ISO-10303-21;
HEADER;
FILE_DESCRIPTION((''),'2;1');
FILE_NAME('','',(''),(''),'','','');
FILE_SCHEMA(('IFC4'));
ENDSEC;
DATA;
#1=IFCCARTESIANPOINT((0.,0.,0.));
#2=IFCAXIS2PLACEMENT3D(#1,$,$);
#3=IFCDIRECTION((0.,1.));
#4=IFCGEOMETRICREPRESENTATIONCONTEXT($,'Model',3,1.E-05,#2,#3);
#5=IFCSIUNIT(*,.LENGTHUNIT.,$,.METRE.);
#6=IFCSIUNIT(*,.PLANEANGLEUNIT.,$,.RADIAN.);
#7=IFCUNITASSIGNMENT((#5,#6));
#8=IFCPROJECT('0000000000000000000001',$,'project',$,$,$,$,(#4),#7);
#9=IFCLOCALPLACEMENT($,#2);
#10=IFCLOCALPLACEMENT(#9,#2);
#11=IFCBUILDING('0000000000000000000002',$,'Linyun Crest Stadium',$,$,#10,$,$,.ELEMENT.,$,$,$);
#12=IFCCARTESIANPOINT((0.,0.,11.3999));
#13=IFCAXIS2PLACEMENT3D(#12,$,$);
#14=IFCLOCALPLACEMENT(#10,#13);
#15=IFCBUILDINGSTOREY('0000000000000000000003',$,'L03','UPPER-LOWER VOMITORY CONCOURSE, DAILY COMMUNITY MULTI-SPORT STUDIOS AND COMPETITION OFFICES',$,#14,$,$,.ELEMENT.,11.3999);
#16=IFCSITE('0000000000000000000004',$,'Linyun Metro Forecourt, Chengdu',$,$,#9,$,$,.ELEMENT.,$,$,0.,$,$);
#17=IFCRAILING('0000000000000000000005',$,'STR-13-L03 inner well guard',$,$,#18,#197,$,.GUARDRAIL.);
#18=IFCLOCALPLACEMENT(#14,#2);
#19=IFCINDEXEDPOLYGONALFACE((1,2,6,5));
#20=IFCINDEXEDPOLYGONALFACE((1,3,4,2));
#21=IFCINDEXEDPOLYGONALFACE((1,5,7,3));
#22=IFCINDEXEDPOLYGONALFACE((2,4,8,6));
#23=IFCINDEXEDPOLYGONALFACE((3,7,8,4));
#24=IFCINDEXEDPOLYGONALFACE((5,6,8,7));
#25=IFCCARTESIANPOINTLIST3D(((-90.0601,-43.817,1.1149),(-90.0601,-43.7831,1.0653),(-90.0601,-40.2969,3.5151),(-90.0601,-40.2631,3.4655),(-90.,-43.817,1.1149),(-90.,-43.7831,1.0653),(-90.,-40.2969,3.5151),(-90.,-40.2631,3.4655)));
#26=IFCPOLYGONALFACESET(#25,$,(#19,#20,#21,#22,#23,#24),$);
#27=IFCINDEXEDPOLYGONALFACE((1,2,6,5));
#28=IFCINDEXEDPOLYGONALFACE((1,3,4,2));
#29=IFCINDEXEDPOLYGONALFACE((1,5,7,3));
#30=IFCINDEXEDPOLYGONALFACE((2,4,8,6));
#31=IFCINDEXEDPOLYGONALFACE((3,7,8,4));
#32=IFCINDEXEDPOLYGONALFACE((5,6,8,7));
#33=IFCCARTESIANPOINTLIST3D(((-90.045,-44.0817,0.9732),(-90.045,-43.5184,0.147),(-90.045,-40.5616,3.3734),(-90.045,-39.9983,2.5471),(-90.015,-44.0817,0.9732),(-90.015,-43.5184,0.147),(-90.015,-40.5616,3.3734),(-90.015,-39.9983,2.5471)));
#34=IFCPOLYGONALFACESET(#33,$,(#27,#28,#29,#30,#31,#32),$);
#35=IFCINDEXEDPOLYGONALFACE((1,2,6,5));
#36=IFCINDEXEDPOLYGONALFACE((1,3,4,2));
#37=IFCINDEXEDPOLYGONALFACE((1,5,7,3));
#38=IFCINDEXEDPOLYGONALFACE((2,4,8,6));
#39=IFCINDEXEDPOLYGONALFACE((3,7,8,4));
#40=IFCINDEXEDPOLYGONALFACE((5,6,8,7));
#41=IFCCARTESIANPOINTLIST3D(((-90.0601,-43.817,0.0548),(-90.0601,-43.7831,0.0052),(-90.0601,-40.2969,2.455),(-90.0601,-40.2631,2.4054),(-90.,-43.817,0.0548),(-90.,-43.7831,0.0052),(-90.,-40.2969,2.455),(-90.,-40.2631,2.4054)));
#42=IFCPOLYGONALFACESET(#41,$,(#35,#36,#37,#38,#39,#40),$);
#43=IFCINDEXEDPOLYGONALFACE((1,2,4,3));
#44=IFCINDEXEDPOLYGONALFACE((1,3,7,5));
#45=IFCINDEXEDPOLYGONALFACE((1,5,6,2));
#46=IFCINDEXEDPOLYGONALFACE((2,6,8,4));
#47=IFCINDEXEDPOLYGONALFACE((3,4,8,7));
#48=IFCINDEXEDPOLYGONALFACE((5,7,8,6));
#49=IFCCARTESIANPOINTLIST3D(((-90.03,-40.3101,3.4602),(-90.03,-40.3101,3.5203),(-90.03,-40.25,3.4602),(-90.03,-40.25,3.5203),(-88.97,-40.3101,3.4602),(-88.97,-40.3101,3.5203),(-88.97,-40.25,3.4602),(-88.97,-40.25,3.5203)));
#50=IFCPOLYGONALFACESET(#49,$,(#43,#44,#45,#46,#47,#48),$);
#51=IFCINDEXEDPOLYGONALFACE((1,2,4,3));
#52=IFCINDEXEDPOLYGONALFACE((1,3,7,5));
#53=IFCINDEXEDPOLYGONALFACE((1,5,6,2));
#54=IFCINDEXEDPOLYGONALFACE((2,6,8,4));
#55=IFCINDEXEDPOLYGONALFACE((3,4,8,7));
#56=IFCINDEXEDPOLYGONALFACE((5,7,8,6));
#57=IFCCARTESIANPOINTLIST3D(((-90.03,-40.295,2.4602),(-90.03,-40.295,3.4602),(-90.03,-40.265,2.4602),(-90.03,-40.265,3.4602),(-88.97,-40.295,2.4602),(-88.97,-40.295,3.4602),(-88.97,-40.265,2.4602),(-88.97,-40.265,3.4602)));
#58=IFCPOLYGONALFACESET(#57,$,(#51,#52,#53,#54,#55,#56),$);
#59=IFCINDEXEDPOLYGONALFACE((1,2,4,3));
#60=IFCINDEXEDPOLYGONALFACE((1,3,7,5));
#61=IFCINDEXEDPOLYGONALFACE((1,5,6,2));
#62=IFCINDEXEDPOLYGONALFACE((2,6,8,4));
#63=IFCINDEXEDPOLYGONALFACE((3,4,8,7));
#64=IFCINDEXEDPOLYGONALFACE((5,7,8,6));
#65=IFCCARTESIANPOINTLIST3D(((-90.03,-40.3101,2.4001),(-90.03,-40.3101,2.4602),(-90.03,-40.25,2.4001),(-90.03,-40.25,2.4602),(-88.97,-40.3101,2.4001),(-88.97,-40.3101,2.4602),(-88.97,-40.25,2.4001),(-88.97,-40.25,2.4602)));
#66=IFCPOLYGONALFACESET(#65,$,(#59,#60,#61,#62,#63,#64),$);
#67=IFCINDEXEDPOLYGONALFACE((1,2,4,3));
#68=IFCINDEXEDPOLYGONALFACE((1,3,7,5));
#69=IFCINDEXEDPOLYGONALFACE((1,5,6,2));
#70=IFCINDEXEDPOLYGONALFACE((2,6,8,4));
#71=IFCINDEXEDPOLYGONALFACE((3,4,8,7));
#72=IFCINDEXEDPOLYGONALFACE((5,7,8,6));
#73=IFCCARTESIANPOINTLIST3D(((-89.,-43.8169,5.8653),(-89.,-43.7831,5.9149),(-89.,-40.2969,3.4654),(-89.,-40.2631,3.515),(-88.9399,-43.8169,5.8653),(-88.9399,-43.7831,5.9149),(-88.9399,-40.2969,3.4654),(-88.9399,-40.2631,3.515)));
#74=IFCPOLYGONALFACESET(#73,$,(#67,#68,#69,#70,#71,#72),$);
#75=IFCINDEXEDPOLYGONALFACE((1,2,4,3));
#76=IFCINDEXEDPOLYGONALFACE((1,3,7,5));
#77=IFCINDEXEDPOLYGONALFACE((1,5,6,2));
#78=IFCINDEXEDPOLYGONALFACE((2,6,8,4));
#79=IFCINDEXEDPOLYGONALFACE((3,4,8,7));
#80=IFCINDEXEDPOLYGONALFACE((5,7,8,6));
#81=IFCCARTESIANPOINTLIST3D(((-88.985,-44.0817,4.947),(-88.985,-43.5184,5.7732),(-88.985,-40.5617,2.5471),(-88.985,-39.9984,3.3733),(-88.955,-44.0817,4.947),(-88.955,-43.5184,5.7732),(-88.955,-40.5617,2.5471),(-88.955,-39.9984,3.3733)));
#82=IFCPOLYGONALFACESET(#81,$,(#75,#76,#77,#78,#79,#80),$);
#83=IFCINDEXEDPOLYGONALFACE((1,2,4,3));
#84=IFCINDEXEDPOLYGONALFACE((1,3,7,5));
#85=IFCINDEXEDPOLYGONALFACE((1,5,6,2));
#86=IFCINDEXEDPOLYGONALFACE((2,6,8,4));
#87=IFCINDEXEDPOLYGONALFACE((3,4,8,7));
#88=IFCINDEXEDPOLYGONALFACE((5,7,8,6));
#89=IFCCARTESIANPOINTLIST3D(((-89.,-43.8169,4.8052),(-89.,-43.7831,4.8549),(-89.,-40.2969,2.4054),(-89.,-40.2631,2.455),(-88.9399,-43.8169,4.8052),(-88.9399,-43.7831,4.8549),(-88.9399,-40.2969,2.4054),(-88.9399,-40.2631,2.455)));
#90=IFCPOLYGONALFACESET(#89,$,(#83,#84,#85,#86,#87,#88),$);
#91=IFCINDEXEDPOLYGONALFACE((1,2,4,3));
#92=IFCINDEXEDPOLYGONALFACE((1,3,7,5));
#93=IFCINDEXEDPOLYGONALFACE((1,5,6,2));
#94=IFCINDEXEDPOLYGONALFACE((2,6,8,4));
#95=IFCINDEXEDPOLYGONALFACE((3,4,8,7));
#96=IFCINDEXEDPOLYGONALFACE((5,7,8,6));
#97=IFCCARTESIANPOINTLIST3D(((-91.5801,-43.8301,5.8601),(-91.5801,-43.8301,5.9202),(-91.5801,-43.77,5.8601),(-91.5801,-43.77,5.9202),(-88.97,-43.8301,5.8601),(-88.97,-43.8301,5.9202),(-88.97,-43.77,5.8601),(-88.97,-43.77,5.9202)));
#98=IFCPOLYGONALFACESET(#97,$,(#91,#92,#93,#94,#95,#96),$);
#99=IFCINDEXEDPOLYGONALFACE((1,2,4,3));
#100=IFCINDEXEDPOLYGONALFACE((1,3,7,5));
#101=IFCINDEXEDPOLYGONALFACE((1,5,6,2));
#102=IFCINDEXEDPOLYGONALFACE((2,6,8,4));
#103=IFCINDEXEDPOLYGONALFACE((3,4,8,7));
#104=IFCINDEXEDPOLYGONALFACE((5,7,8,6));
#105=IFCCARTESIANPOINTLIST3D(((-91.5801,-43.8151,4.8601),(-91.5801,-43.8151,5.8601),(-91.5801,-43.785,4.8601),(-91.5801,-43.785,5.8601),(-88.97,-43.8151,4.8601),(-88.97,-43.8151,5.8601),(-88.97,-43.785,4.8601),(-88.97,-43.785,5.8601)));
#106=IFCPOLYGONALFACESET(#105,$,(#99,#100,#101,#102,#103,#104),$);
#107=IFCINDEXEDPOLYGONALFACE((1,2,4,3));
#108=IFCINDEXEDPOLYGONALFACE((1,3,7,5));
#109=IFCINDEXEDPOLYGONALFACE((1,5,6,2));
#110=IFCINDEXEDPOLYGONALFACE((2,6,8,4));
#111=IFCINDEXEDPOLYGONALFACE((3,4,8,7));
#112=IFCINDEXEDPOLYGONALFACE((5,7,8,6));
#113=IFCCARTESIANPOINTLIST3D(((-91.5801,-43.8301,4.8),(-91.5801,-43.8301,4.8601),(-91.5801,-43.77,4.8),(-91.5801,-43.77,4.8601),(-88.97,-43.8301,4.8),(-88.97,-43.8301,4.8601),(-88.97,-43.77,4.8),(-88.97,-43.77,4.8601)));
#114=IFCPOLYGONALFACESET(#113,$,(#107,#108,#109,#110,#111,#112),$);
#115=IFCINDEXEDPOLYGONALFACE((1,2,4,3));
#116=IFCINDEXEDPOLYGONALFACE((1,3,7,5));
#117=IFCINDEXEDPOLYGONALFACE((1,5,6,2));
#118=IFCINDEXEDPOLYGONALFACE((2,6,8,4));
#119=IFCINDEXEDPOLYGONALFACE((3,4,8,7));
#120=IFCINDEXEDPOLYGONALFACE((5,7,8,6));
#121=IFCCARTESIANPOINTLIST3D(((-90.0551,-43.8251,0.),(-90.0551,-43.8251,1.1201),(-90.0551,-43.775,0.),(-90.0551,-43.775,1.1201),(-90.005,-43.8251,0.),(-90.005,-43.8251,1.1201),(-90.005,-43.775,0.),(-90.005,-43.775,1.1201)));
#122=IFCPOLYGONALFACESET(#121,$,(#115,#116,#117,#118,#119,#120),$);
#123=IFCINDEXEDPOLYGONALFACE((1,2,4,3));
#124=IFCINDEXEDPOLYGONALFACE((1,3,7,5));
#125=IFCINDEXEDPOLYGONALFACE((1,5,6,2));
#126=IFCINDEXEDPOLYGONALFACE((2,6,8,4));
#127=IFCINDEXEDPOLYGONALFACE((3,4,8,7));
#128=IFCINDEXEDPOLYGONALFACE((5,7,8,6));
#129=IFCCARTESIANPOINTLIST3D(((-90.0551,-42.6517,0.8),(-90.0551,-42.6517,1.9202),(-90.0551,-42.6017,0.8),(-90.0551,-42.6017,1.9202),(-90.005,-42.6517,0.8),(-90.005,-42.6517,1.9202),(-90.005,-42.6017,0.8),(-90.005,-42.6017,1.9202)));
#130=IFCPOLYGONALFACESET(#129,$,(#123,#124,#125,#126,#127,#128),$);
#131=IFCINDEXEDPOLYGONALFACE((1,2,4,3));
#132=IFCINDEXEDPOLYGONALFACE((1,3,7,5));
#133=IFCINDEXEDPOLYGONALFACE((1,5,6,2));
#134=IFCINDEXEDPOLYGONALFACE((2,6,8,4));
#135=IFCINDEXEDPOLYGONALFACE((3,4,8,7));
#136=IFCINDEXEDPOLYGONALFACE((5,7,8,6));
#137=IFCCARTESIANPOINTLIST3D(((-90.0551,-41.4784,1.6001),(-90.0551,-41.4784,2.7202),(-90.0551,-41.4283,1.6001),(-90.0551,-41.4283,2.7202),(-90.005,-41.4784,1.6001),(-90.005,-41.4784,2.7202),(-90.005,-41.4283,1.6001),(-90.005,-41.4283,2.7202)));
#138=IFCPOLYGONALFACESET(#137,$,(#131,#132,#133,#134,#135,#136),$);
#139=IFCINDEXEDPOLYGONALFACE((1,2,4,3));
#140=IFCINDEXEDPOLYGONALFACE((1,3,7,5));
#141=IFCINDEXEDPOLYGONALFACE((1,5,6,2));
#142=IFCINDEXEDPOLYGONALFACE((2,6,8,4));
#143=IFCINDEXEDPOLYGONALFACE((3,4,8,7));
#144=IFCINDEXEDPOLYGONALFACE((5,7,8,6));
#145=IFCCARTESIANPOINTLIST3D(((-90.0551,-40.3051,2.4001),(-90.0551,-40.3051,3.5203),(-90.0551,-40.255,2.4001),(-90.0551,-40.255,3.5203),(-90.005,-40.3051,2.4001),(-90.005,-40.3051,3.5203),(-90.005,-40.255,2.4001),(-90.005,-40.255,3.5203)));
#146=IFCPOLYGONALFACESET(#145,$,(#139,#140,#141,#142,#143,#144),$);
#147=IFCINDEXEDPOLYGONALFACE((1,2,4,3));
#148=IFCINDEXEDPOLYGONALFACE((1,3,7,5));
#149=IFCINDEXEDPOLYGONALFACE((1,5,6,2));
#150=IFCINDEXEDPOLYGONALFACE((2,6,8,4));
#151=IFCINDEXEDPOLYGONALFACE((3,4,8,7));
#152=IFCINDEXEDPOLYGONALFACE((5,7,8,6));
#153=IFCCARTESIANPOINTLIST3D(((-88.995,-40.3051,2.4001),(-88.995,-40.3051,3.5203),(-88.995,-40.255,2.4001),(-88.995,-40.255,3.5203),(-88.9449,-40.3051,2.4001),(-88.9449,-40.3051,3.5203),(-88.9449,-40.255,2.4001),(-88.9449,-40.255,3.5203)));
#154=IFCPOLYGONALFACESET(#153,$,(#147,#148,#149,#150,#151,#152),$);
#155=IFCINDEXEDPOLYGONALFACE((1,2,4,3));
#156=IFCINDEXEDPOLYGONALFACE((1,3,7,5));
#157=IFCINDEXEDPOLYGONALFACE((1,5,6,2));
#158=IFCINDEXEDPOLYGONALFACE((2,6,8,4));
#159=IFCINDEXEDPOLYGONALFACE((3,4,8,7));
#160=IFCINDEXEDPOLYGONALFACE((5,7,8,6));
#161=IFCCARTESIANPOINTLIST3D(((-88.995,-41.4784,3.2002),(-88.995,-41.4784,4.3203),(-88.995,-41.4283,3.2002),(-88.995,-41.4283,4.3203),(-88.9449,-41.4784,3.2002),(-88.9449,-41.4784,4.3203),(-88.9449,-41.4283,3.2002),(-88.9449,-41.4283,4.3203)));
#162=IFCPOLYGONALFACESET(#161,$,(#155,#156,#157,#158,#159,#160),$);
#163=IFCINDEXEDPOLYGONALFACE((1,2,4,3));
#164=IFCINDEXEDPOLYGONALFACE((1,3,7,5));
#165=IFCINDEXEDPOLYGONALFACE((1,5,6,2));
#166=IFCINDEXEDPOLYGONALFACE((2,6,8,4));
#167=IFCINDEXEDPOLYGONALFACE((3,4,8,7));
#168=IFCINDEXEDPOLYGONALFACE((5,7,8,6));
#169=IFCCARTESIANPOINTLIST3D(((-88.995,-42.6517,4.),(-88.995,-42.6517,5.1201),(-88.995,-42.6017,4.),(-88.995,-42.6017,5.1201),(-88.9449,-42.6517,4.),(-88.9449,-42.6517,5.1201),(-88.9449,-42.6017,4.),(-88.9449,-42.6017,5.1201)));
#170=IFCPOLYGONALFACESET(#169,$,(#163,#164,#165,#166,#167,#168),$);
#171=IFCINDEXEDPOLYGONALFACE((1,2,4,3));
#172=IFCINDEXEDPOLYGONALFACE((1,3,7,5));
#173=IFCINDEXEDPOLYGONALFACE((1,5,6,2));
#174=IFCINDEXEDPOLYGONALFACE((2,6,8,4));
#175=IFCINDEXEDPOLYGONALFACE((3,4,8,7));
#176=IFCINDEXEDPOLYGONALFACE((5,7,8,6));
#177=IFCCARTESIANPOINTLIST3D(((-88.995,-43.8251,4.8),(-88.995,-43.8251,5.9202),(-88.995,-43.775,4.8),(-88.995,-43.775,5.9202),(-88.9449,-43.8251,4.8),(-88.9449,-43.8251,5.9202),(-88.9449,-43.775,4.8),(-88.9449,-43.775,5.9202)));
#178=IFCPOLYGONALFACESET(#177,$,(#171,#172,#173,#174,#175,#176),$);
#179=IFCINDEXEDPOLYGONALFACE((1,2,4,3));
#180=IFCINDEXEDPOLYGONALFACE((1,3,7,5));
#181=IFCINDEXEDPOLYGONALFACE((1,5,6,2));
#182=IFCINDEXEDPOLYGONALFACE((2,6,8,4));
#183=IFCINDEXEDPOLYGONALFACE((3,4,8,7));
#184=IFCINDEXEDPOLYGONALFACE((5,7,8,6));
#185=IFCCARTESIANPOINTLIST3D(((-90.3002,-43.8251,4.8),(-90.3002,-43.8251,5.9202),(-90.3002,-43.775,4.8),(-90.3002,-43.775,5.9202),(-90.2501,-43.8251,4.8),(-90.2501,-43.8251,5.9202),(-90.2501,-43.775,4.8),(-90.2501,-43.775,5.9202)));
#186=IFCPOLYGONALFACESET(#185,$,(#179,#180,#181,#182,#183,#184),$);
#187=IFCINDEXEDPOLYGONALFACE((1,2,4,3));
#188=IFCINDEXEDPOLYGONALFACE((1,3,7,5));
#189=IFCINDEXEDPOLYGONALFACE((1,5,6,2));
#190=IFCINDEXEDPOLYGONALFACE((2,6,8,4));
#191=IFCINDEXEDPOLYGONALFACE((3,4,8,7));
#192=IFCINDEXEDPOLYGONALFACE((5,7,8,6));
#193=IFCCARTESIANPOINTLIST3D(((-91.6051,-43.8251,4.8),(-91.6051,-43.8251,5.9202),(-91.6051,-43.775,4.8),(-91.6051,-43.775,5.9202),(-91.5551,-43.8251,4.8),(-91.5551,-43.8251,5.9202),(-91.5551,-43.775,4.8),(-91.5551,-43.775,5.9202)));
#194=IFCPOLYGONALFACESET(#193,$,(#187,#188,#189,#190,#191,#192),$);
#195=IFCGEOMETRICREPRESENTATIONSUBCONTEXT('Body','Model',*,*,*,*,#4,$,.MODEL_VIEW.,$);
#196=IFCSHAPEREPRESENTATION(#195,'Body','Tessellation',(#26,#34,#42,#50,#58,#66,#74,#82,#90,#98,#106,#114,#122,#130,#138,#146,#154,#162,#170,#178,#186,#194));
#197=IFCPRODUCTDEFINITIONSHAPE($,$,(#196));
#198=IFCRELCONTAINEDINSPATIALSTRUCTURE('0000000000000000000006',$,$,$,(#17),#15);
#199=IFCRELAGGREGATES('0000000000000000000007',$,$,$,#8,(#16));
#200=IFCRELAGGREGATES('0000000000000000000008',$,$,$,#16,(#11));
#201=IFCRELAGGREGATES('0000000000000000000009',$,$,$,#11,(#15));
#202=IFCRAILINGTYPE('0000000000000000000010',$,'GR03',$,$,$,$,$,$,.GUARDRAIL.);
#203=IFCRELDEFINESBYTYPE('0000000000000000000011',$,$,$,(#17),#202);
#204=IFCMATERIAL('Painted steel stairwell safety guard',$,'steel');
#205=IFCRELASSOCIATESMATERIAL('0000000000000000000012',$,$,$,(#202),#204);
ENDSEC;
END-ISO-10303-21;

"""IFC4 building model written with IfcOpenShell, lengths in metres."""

from ifc_helpers import new_model, si_unit, direction, frame, origin, origin_2d, place, context, subcontext, project, spatial, rectangle, extrude, material, type_object, element, save


model = new_model("IFC4")

# Units and contexts
model_context = context("Model", 3, precision=1e-05, world=origin(), true_north=direction((0.0, 1.0)))
body_context = subcontext(model_context, "Body", "Model", "MODEL_VIEW")
ifc_project = project(units=[si_unit("LENGTHUNIT", "METRE"), si_unit("PLANEANGLEUNIT", "RADIAN")], contexts=[model_context])

# Site, building, storey
site_placement = place(None, origin())
site = spatial("IfcSite", under=ifc_project, at=site_placement, Name="Linyun Metro Forecourt, Chengdu", CompositionType="ELEMENT", RefElevation=0.0)
building_placement = place(site_placement, origin())
building = spatial("IfcBuilding", under=site, at=building_placement, Name="Linyun Crest Stadium", CompositionType="ELEMENT")
storey_placement = place(building_placement, frame((0.0, 0.0, 11.3999)))
storey = spatial("IfcBuildingStorey", under=building, at=storey_placement, Name="L03", Description="UPPER-LOWER VOMITORY CONCOURSE, DAILY COMMUNITY MULTI-SPORT STUDIOS AND COMPETITION OFFICES", CompositionType="ELEMENT", Elevation=11.3999)

# Railing
ifc_material_1 = material(Name="Painted steel stairwell safety guard", Category="steel")
railing_type_1 = type_object("IfcRailingType", Name="GR03", PredefinedType="GUARDRAIL", material=ifc_material_1)
railing_1_placement = place(storey_placement, frame((-90.03, -43.8, 0.0)))
element("IfcRailing", 1, at=railing_1_placement, inside=storey, type_object=railing_type_1, Name="STR-13-L03 inner well guard", PredefinedType="GUARDRAIL", context=body_context, shape_type="SweptSolid", body=[
    extrude(rectangle(XDim=0.0601, YDim=0.0601, at=origin_2d()), frame((0.0, 0.0, 1.0901), z_axis=(0.0, 0.826213, 0.563358), x_axis=(-1.0, 0.0, 0.0)), (0.0, 0.0, 1.0), 4.2605),
    extrude(rectangle(XDim=0.03, YDim=1.0, at=origin_2d()), frame((0.0, 0.0, 0.5601), z_axis=(0.0, 0.826213, 0.563358), x_axis=(-1.0, 0.0, 0.0)), (0.0, 0.0, 1.0), 4.2605),
    extrude(rectangle(XDim=0.0601, YDim=0.0601, at=origin_2d()), frame((0.0, 0.0, 0.03), z_axis=(0.0, 0.826213, 0.563358), x_axis=(-1.0, 0.0, 0.0)), (0.0, 0.0, 1.0), 4.2605),
    extrude(rectangle(XDim=0.0601, YDim=0.0601, at=origin_2d()), frame((0.0, 3.52, 3.4902), z_axis=(1.0, 0.0, 0.0), x_axis=(0.0, 1.0, 0.0)), (0.0, 0.0, 1.0), 1.0601),
    extrude(rectangle(XDim=0.03, YDim=1.0, at=origin_2d()), frame((0.0, 3.52, 2.9602), z_axis=(1.0, 0.0, 0.0), x_axis=(0.0, 1.0, 0.0)), (0.0, 0.0, 1.0), 1.0601),
    extrude(rectangle(XDim=0.0601, YDim=0.0601, at=origin_2d()), frame((0.0, 3.52, 2.4302), z_axis=(1.0, 0.0, 0.0), x_axis=(0.0, 1.0, 0.0)), (0.0, 0.0, 1.0), 1.0601),
    extrude(rectangle(XDim=0.0601, YDim=0.0601, at=origin_2d()), frame((1.0601, 3.52, 3.4902), z_axis=(0.0, -0.826239, 0.563319), x_axis=(1.0, 0.0, 0.0)), (0.0, 0.0, 1.0), 4.2603),
    extrude(rectangle(XDim=0.03, YDim=1.0, at=origin_2d()), frame((1.0601, 3.52, 2.9602), z_axis=(0.0, -0.826239, 0.563319), x_axis=(1.0, 0.0, 0.0)), (0.0, 0.0, 1.0), 4.2603),
    extrude(rectangle(XDim=0.0601, YDim=0.0601, at=origin_2d()), frame((1.0601, 3.52, 2.4302), z_axis=(0.0, -0.826239, 0.563319), x_axis=(1.0, 0.0, 0.0)), (0.0, 0.0, 1.0), 4.2603),
    extrude(rectangle(XDim=0.0601, YDim=0.0601, at=origin_2d()), frame((1.0601, 0.0, 5.8901), z_axis=(-1.0, 0.0, 0.0), x_axis=(0.0, -1.0, 0.0)), (0.0, 0.0, 1.0), 2.6101),
    extrude(rectangle(XDim=0.03, YDim=1.0, at=origin_2d()), frame((1.0601, 0.0, 5.3601), z_axis=(-1.0, 0.0, 0.0), x_axis=(0.0, -1.0, 0.0)), (0.0, 0.0, 1.0), 2.6101),
    extrude(rectangle(XDim=0.0601, YDim=0.0601, at=origin_2d()), frame((1.0601, 0.0, 4.8301), z_axis=(-1.0, 0.0, 0.0), x_axis=(0.0, -1.0, 0.0)), (0.0, 0.0, 1.0), 2.6101),
    extrude(rectangle(XDim=0.05, YDim=0.05, at=origin_2d()), origin(), (0.0, 0.0, 1.0), 1.1201),
    extrude(rectangle(XDim=0.05, YDim=0.05, at=origin_2d()), frame((0.0, 1.1733, 0.8)), (0.0, 0.0, 1.0), 1.1201),
    extrude(rectangle(XDim=0.05, YDim=0.05, at=origin_2d()), frame((0.0, 2.3467, 1.6001)), (0.0, 0.0, 1.0), 1.1201),
    extrude(rectangle(XDim=0.05, YDim=0.05, at=origin_2d()), frame((0.0, 3.52, 2.4001)), (0.0, 0.0, 1.0), 1.1201),
    extrude(rectangle(XDim=0.05, YDim=0.05, at=origin_2d()), frame((1.0601, 3.52, 2.4001)), (0.0, 0.0, 1.0), 1.1201),
    extrude(rectangle(XDim=0.05, YDim=0.05, at=origin_2d()), frame((1.0601, 2.3467, 3.2002)), (0.0, 0.0, 1.0), 1.1201),
    extrude(rectangle(XDim=0.05, YDim=0.05, at=origin_2d()), frame((1.0601, 1.1733, 4.0)), (0.0, 0.0, 1.0), 1.1201),
    extrude(rectangle(XDim=0.05, YDim=0.05, at=origin_2d()), frame((1.0601, 0.0, 4.8)), (0.0, 0.0, 1.0), 1.1201),
    extrude(rectangle(XDim=0.05, YDim=0.05, at=origin_2d()), frame((-0.2451, 0.0, 4.8)), (0.0, 0.0, 1.0), 1.1201),
    extrude(rectangle(XDim=0.05, YDim=0.05, at=origin_2d()), frame((-1.55, 0.0, 4.8)), (0.0, 0.0, 1.0), 1.1201),
])

save(model, "model.ifc")
